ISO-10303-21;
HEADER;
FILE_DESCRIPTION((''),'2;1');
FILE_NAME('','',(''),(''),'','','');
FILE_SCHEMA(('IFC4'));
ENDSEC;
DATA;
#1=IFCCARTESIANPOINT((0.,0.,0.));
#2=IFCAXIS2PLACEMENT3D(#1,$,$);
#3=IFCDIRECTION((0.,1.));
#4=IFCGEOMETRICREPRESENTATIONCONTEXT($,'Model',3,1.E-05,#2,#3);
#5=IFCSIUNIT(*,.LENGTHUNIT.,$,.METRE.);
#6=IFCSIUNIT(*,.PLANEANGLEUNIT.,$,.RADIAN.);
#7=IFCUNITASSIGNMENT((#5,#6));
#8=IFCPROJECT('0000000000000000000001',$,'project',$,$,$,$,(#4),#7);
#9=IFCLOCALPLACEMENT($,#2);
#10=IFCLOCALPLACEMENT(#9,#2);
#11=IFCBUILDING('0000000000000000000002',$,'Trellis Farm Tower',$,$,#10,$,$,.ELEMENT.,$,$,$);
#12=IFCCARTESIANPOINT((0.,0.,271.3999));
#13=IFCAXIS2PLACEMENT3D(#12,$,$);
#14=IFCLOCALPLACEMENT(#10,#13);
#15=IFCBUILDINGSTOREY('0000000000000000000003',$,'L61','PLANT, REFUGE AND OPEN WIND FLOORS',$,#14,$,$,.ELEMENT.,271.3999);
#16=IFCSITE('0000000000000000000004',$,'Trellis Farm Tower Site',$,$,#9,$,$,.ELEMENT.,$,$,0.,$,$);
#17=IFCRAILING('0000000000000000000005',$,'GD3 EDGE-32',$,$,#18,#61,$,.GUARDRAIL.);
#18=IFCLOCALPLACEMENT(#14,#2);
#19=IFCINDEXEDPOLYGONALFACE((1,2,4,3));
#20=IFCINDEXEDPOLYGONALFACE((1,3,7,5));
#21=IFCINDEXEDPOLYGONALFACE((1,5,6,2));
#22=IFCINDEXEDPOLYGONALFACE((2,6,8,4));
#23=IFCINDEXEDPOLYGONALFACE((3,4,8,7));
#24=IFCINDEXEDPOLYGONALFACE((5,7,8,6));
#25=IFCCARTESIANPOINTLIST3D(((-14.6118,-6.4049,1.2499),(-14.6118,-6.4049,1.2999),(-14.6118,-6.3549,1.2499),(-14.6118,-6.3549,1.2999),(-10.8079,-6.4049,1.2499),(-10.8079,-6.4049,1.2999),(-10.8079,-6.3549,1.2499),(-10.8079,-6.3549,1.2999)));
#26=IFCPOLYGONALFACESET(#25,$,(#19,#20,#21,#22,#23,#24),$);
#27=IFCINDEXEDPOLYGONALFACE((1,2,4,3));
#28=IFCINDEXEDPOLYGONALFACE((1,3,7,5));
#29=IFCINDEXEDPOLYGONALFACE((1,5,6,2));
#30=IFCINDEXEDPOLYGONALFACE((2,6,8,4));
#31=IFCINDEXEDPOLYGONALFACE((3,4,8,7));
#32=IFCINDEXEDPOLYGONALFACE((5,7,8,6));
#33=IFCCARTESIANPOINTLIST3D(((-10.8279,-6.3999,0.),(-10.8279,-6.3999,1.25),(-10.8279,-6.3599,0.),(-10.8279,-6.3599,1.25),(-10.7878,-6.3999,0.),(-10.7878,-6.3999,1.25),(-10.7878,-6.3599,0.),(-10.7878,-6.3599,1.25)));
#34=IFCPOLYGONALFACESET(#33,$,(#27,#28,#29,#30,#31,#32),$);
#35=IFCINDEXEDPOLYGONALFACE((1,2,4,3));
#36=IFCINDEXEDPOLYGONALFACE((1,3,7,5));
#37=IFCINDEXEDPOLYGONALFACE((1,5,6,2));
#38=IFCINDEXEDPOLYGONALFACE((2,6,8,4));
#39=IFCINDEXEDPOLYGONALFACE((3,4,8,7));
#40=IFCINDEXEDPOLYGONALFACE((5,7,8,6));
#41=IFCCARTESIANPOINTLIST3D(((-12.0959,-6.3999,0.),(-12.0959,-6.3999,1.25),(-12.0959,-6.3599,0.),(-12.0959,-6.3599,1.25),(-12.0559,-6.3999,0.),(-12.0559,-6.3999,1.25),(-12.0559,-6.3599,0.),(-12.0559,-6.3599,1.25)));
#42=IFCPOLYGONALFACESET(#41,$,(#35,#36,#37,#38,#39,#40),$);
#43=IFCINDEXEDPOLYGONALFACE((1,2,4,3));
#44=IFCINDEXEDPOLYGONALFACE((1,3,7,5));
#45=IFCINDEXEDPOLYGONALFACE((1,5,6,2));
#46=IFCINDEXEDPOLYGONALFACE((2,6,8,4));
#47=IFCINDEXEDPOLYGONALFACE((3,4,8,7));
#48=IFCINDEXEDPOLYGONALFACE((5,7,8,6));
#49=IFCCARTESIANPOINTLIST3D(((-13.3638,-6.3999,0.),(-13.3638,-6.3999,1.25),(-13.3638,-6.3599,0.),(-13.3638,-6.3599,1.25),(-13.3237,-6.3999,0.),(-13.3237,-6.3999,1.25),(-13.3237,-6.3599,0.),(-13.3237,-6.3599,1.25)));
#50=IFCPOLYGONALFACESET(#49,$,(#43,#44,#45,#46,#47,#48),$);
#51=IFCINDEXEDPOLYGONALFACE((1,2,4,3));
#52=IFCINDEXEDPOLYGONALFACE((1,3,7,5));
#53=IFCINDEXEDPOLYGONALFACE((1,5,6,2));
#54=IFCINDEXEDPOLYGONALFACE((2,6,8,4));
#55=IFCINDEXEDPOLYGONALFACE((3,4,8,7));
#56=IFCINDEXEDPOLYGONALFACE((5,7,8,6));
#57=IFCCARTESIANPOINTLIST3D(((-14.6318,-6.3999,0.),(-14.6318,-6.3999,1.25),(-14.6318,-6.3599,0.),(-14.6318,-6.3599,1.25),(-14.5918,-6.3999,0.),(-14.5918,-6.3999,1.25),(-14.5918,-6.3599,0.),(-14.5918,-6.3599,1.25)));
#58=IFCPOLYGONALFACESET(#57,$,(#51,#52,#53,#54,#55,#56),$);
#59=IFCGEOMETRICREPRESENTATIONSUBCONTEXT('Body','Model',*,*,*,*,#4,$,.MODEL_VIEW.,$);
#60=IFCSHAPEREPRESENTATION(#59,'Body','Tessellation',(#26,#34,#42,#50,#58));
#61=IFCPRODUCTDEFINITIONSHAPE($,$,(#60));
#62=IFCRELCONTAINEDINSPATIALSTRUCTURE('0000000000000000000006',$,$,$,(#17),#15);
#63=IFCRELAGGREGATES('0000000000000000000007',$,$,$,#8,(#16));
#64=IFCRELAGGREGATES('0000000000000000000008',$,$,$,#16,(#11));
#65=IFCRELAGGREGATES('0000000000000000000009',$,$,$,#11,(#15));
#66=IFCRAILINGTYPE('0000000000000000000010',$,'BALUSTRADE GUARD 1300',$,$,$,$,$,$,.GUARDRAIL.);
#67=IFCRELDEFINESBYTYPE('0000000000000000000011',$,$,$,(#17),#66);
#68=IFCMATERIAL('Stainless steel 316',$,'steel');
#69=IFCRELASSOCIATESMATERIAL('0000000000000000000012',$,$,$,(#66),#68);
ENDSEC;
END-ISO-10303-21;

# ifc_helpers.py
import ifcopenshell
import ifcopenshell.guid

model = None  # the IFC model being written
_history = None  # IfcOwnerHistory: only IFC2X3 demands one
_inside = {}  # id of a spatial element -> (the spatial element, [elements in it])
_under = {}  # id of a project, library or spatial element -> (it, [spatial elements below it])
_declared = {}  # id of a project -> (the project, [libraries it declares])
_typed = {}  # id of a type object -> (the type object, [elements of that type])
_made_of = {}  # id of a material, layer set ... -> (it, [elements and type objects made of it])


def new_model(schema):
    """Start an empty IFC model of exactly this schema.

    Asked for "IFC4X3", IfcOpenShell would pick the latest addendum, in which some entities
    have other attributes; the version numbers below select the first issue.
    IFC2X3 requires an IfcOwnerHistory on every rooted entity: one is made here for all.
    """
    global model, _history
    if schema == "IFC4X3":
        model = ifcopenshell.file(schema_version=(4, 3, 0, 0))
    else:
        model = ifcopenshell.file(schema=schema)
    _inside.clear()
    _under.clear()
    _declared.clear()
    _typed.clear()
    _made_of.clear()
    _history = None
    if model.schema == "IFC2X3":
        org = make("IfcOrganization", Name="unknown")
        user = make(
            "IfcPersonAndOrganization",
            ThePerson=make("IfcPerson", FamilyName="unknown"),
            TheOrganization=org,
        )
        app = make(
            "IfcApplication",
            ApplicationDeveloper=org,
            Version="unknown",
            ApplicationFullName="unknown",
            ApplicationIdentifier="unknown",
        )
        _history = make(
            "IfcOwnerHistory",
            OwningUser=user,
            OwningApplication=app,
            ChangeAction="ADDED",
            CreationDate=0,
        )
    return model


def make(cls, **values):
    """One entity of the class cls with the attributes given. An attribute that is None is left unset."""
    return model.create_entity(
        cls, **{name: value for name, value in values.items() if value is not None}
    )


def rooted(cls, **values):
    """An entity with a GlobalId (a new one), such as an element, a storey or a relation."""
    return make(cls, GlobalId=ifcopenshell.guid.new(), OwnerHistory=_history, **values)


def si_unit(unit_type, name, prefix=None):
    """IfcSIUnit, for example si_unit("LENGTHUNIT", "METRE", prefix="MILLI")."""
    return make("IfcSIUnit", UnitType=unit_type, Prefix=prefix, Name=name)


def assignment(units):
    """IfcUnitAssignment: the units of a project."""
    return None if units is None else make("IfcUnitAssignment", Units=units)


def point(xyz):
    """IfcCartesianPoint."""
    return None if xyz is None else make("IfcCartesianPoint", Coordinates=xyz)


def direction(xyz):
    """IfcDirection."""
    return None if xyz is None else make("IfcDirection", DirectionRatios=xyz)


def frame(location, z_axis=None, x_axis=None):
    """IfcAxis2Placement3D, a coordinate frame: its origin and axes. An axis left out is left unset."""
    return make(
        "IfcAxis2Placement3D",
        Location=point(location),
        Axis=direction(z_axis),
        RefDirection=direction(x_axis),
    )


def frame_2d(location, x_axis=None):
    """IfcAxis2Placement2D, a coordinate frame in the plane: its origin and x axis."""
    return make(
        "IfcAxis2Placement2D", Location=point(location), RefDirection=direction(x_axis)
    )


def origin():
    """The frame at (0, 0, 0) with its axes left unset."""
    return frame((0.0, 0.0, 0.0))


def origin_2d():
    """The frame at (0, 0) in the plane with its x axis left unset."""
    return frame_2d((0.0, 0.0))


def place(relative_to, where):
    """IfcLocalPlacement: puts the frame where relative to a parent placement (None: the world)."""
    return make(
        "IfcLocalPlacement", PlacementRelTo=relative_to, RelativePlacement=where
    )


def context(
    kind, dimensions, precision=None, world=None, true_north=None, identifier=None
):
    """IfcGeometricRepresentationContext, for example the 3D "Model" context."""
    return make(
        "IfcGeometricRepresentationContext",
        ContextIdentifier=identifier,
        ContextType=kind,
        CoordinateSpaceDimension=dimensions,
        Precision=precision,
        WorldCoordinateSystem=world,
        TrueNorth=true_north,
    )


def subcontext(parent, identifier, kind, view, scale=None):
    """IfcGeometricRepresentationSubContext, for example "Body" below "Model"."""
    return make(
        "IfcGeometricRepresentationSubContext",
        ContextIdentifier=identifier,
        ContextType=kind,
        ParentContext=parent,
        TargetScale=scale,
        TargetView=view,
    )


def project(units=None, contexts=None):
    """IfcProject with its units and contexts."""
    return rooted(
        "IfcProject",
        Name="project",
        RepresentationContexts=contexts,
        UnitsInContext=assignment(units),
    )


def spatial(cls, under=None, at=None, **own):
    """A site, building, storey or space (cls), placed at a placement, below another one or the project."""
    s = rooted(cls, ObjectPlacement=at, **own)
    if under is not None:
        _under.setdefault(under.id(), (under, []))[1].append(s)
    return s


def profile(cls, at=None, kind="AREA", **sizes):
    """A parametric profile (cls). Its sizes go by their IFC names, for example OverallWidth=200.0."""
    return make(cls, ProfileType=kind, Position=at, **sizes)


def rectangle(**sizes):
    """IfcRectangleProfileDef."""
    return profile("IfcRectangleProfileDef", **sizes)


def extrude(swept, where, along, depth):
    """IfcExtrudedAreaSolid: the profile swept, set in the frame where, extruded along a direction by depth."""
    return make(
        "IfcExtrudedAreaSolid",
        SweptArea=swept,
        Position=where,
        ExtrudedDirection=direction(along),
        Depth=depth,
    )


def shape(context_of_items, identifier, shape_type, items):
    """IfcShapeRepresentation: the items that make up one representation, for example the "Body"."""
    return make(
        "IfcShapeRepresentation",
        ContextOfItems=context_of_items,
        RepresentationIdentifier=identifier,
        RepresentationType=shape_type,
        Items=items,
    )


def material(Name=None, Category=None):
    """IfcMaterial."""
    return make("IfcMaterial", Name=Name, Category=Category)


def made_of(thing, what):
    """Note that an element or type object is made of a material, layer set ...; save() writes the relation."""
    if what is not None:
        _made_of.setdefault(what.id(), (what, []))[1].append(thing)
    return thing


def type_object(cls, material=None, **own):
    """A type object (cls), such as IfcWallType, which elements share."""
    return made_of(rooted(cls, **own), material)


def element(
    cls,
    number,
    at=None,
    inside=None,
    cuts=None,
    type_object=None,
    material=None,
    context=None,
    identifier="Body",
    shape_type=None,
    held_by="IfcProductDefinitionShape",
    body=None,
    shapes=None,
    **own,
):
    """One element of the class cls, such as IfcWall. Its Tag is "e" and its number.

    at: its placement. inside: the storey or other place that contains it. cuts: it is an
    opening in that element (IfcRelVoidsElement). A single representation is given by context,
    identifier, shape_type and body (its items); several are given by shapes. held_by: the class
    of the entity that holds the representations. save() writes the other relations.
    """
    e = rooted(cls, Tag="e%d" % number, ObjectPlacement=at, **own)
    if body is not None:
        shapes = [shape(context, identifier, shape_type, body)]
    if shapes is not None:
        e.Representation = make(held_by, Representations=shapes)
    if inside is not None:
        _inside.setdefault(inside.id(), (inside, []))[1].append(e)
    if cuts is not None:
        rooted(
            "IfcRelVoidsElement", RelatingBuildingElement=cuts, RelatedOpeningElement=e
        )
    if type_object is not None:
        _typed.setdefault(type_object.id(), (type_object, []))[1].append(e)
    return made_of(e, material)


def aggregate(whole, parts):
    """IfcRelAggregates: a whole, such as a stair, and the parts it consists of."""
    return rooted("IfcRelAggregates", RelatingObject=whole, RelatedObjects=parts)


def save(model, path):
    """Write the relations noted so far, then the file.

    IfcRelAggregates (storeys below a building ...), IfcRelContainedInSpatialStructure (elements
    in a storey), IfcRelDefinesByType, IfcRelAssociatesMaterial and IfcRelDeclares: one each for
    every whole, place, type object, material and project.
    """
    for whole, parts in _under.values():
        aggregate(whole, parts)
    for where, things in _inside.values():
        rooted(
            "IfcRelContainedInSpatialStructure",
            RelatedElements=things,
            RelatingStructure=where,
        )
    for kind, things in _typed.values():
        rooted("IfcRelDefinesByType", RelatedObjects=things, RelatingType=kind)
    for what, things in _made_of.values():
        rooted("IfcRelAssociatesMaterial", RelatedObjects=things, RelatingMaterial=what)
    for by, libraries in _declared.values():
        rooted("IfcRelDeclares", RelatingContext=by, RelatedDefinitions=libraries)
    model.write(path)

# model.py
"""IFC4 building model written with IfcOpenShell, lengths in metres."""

from ifc_helpers import new_model, si_unit, direction, frame, origin, origin_2d, place, context, subcontext, project, spatial, rectangle, extrude, material, type_object, element, save


model = new_model("IFC4")

# Units and contexts
model_context = context("Model", 3, precision=1e-05, world=origin(), true_north=direction((0.0, 1.0)))
body_context = subcontext(model_context, "Body", "Model", "MODEL_VIEW")
ifc_project = project(units=[si_unit("LENGTHUNIT", "METRE"), si_unit("PLANEANGLEUNIT", "RADIAN")], contexts=[model_context])

# Site, building, storey
site_placement = place(None, origin())
site = spatial("IfcSite", under=ifc_project, at=site_placement, Name="Trellis Farm Tower Site", CompositionType="ELEMENT", RefElevation=0.0)
building_placement = place(site_placement, origin())
building = spatial("IfcBuilding", under=site, at=building_placement, Name="Trellis Farm Tower", CompositionType="ELEMENT")
storey_placement = place(building_placement, frame((0.0, 0.0, 271.3999)))
storey = spatial("IfcBuildingStorey", under=building, at=storey_placement, Name="L61", Description="PLANT, REFUGE AND OPEN WIND FLOORS", CompositionType="ELEMENT", Elevation=271.3999)

# Railing
ifc_material_1 = material(Name="Stainless steel 316", Category="steel")
railing_type = type_object("IfcRailingType", Name="BALUSTRADE GUARD 1300", PredefinedType="GUARDRAIL", material=ifc_material_1)
railing_1_placement = place(storey_placement, frame((-10.8079, -6.3799, 0.0)))
element("IfcRailing", 1, at=railing_1_placement, inside=storey, type_object=railing_type, Name="GD3 EDGE-32", PredefinedType="GUARDRAIL", context=body_context, shape_type="SweptSolid", body=[
    extrude(rectangle(XDim=0.05, YDim=0.05, at=origin_2d()), frame((0.0, 0.0, 1.2749), z_axis=(-1.0, 0.0, 0.0), x_axis=(0.0, -1.0, 0.0)), (0.0, 0.0, 1.0), 3.804),
    extrude(rectangle(XDim=0.04, YDim=0.04, at=origin_2d()), origin(), (0.0, 0.0, 1.0), 1.25),
    extrude(rectangle(XDim=0.04, YDim=0.04, at=origin_2d()), frame((-1.2681, 0.0, 0.0)), (0.0, 0.0, 1.0), 1.25),
    extrude(rectangle(XDim=0.04, YDim=0.04, at=origin_2d()), frame((-2.5359, 0.0, 0.0)), (0.0, 0.0, 1.0), 1.25),
    extrude(rectangle(XDim=0.04, YDim=0.04, at=origin_2d()), frame((-3.804, 0.0, 0.0)), (0.0, 0.0, 1.0), 1.25),
])

save(model, "model.ifc")
